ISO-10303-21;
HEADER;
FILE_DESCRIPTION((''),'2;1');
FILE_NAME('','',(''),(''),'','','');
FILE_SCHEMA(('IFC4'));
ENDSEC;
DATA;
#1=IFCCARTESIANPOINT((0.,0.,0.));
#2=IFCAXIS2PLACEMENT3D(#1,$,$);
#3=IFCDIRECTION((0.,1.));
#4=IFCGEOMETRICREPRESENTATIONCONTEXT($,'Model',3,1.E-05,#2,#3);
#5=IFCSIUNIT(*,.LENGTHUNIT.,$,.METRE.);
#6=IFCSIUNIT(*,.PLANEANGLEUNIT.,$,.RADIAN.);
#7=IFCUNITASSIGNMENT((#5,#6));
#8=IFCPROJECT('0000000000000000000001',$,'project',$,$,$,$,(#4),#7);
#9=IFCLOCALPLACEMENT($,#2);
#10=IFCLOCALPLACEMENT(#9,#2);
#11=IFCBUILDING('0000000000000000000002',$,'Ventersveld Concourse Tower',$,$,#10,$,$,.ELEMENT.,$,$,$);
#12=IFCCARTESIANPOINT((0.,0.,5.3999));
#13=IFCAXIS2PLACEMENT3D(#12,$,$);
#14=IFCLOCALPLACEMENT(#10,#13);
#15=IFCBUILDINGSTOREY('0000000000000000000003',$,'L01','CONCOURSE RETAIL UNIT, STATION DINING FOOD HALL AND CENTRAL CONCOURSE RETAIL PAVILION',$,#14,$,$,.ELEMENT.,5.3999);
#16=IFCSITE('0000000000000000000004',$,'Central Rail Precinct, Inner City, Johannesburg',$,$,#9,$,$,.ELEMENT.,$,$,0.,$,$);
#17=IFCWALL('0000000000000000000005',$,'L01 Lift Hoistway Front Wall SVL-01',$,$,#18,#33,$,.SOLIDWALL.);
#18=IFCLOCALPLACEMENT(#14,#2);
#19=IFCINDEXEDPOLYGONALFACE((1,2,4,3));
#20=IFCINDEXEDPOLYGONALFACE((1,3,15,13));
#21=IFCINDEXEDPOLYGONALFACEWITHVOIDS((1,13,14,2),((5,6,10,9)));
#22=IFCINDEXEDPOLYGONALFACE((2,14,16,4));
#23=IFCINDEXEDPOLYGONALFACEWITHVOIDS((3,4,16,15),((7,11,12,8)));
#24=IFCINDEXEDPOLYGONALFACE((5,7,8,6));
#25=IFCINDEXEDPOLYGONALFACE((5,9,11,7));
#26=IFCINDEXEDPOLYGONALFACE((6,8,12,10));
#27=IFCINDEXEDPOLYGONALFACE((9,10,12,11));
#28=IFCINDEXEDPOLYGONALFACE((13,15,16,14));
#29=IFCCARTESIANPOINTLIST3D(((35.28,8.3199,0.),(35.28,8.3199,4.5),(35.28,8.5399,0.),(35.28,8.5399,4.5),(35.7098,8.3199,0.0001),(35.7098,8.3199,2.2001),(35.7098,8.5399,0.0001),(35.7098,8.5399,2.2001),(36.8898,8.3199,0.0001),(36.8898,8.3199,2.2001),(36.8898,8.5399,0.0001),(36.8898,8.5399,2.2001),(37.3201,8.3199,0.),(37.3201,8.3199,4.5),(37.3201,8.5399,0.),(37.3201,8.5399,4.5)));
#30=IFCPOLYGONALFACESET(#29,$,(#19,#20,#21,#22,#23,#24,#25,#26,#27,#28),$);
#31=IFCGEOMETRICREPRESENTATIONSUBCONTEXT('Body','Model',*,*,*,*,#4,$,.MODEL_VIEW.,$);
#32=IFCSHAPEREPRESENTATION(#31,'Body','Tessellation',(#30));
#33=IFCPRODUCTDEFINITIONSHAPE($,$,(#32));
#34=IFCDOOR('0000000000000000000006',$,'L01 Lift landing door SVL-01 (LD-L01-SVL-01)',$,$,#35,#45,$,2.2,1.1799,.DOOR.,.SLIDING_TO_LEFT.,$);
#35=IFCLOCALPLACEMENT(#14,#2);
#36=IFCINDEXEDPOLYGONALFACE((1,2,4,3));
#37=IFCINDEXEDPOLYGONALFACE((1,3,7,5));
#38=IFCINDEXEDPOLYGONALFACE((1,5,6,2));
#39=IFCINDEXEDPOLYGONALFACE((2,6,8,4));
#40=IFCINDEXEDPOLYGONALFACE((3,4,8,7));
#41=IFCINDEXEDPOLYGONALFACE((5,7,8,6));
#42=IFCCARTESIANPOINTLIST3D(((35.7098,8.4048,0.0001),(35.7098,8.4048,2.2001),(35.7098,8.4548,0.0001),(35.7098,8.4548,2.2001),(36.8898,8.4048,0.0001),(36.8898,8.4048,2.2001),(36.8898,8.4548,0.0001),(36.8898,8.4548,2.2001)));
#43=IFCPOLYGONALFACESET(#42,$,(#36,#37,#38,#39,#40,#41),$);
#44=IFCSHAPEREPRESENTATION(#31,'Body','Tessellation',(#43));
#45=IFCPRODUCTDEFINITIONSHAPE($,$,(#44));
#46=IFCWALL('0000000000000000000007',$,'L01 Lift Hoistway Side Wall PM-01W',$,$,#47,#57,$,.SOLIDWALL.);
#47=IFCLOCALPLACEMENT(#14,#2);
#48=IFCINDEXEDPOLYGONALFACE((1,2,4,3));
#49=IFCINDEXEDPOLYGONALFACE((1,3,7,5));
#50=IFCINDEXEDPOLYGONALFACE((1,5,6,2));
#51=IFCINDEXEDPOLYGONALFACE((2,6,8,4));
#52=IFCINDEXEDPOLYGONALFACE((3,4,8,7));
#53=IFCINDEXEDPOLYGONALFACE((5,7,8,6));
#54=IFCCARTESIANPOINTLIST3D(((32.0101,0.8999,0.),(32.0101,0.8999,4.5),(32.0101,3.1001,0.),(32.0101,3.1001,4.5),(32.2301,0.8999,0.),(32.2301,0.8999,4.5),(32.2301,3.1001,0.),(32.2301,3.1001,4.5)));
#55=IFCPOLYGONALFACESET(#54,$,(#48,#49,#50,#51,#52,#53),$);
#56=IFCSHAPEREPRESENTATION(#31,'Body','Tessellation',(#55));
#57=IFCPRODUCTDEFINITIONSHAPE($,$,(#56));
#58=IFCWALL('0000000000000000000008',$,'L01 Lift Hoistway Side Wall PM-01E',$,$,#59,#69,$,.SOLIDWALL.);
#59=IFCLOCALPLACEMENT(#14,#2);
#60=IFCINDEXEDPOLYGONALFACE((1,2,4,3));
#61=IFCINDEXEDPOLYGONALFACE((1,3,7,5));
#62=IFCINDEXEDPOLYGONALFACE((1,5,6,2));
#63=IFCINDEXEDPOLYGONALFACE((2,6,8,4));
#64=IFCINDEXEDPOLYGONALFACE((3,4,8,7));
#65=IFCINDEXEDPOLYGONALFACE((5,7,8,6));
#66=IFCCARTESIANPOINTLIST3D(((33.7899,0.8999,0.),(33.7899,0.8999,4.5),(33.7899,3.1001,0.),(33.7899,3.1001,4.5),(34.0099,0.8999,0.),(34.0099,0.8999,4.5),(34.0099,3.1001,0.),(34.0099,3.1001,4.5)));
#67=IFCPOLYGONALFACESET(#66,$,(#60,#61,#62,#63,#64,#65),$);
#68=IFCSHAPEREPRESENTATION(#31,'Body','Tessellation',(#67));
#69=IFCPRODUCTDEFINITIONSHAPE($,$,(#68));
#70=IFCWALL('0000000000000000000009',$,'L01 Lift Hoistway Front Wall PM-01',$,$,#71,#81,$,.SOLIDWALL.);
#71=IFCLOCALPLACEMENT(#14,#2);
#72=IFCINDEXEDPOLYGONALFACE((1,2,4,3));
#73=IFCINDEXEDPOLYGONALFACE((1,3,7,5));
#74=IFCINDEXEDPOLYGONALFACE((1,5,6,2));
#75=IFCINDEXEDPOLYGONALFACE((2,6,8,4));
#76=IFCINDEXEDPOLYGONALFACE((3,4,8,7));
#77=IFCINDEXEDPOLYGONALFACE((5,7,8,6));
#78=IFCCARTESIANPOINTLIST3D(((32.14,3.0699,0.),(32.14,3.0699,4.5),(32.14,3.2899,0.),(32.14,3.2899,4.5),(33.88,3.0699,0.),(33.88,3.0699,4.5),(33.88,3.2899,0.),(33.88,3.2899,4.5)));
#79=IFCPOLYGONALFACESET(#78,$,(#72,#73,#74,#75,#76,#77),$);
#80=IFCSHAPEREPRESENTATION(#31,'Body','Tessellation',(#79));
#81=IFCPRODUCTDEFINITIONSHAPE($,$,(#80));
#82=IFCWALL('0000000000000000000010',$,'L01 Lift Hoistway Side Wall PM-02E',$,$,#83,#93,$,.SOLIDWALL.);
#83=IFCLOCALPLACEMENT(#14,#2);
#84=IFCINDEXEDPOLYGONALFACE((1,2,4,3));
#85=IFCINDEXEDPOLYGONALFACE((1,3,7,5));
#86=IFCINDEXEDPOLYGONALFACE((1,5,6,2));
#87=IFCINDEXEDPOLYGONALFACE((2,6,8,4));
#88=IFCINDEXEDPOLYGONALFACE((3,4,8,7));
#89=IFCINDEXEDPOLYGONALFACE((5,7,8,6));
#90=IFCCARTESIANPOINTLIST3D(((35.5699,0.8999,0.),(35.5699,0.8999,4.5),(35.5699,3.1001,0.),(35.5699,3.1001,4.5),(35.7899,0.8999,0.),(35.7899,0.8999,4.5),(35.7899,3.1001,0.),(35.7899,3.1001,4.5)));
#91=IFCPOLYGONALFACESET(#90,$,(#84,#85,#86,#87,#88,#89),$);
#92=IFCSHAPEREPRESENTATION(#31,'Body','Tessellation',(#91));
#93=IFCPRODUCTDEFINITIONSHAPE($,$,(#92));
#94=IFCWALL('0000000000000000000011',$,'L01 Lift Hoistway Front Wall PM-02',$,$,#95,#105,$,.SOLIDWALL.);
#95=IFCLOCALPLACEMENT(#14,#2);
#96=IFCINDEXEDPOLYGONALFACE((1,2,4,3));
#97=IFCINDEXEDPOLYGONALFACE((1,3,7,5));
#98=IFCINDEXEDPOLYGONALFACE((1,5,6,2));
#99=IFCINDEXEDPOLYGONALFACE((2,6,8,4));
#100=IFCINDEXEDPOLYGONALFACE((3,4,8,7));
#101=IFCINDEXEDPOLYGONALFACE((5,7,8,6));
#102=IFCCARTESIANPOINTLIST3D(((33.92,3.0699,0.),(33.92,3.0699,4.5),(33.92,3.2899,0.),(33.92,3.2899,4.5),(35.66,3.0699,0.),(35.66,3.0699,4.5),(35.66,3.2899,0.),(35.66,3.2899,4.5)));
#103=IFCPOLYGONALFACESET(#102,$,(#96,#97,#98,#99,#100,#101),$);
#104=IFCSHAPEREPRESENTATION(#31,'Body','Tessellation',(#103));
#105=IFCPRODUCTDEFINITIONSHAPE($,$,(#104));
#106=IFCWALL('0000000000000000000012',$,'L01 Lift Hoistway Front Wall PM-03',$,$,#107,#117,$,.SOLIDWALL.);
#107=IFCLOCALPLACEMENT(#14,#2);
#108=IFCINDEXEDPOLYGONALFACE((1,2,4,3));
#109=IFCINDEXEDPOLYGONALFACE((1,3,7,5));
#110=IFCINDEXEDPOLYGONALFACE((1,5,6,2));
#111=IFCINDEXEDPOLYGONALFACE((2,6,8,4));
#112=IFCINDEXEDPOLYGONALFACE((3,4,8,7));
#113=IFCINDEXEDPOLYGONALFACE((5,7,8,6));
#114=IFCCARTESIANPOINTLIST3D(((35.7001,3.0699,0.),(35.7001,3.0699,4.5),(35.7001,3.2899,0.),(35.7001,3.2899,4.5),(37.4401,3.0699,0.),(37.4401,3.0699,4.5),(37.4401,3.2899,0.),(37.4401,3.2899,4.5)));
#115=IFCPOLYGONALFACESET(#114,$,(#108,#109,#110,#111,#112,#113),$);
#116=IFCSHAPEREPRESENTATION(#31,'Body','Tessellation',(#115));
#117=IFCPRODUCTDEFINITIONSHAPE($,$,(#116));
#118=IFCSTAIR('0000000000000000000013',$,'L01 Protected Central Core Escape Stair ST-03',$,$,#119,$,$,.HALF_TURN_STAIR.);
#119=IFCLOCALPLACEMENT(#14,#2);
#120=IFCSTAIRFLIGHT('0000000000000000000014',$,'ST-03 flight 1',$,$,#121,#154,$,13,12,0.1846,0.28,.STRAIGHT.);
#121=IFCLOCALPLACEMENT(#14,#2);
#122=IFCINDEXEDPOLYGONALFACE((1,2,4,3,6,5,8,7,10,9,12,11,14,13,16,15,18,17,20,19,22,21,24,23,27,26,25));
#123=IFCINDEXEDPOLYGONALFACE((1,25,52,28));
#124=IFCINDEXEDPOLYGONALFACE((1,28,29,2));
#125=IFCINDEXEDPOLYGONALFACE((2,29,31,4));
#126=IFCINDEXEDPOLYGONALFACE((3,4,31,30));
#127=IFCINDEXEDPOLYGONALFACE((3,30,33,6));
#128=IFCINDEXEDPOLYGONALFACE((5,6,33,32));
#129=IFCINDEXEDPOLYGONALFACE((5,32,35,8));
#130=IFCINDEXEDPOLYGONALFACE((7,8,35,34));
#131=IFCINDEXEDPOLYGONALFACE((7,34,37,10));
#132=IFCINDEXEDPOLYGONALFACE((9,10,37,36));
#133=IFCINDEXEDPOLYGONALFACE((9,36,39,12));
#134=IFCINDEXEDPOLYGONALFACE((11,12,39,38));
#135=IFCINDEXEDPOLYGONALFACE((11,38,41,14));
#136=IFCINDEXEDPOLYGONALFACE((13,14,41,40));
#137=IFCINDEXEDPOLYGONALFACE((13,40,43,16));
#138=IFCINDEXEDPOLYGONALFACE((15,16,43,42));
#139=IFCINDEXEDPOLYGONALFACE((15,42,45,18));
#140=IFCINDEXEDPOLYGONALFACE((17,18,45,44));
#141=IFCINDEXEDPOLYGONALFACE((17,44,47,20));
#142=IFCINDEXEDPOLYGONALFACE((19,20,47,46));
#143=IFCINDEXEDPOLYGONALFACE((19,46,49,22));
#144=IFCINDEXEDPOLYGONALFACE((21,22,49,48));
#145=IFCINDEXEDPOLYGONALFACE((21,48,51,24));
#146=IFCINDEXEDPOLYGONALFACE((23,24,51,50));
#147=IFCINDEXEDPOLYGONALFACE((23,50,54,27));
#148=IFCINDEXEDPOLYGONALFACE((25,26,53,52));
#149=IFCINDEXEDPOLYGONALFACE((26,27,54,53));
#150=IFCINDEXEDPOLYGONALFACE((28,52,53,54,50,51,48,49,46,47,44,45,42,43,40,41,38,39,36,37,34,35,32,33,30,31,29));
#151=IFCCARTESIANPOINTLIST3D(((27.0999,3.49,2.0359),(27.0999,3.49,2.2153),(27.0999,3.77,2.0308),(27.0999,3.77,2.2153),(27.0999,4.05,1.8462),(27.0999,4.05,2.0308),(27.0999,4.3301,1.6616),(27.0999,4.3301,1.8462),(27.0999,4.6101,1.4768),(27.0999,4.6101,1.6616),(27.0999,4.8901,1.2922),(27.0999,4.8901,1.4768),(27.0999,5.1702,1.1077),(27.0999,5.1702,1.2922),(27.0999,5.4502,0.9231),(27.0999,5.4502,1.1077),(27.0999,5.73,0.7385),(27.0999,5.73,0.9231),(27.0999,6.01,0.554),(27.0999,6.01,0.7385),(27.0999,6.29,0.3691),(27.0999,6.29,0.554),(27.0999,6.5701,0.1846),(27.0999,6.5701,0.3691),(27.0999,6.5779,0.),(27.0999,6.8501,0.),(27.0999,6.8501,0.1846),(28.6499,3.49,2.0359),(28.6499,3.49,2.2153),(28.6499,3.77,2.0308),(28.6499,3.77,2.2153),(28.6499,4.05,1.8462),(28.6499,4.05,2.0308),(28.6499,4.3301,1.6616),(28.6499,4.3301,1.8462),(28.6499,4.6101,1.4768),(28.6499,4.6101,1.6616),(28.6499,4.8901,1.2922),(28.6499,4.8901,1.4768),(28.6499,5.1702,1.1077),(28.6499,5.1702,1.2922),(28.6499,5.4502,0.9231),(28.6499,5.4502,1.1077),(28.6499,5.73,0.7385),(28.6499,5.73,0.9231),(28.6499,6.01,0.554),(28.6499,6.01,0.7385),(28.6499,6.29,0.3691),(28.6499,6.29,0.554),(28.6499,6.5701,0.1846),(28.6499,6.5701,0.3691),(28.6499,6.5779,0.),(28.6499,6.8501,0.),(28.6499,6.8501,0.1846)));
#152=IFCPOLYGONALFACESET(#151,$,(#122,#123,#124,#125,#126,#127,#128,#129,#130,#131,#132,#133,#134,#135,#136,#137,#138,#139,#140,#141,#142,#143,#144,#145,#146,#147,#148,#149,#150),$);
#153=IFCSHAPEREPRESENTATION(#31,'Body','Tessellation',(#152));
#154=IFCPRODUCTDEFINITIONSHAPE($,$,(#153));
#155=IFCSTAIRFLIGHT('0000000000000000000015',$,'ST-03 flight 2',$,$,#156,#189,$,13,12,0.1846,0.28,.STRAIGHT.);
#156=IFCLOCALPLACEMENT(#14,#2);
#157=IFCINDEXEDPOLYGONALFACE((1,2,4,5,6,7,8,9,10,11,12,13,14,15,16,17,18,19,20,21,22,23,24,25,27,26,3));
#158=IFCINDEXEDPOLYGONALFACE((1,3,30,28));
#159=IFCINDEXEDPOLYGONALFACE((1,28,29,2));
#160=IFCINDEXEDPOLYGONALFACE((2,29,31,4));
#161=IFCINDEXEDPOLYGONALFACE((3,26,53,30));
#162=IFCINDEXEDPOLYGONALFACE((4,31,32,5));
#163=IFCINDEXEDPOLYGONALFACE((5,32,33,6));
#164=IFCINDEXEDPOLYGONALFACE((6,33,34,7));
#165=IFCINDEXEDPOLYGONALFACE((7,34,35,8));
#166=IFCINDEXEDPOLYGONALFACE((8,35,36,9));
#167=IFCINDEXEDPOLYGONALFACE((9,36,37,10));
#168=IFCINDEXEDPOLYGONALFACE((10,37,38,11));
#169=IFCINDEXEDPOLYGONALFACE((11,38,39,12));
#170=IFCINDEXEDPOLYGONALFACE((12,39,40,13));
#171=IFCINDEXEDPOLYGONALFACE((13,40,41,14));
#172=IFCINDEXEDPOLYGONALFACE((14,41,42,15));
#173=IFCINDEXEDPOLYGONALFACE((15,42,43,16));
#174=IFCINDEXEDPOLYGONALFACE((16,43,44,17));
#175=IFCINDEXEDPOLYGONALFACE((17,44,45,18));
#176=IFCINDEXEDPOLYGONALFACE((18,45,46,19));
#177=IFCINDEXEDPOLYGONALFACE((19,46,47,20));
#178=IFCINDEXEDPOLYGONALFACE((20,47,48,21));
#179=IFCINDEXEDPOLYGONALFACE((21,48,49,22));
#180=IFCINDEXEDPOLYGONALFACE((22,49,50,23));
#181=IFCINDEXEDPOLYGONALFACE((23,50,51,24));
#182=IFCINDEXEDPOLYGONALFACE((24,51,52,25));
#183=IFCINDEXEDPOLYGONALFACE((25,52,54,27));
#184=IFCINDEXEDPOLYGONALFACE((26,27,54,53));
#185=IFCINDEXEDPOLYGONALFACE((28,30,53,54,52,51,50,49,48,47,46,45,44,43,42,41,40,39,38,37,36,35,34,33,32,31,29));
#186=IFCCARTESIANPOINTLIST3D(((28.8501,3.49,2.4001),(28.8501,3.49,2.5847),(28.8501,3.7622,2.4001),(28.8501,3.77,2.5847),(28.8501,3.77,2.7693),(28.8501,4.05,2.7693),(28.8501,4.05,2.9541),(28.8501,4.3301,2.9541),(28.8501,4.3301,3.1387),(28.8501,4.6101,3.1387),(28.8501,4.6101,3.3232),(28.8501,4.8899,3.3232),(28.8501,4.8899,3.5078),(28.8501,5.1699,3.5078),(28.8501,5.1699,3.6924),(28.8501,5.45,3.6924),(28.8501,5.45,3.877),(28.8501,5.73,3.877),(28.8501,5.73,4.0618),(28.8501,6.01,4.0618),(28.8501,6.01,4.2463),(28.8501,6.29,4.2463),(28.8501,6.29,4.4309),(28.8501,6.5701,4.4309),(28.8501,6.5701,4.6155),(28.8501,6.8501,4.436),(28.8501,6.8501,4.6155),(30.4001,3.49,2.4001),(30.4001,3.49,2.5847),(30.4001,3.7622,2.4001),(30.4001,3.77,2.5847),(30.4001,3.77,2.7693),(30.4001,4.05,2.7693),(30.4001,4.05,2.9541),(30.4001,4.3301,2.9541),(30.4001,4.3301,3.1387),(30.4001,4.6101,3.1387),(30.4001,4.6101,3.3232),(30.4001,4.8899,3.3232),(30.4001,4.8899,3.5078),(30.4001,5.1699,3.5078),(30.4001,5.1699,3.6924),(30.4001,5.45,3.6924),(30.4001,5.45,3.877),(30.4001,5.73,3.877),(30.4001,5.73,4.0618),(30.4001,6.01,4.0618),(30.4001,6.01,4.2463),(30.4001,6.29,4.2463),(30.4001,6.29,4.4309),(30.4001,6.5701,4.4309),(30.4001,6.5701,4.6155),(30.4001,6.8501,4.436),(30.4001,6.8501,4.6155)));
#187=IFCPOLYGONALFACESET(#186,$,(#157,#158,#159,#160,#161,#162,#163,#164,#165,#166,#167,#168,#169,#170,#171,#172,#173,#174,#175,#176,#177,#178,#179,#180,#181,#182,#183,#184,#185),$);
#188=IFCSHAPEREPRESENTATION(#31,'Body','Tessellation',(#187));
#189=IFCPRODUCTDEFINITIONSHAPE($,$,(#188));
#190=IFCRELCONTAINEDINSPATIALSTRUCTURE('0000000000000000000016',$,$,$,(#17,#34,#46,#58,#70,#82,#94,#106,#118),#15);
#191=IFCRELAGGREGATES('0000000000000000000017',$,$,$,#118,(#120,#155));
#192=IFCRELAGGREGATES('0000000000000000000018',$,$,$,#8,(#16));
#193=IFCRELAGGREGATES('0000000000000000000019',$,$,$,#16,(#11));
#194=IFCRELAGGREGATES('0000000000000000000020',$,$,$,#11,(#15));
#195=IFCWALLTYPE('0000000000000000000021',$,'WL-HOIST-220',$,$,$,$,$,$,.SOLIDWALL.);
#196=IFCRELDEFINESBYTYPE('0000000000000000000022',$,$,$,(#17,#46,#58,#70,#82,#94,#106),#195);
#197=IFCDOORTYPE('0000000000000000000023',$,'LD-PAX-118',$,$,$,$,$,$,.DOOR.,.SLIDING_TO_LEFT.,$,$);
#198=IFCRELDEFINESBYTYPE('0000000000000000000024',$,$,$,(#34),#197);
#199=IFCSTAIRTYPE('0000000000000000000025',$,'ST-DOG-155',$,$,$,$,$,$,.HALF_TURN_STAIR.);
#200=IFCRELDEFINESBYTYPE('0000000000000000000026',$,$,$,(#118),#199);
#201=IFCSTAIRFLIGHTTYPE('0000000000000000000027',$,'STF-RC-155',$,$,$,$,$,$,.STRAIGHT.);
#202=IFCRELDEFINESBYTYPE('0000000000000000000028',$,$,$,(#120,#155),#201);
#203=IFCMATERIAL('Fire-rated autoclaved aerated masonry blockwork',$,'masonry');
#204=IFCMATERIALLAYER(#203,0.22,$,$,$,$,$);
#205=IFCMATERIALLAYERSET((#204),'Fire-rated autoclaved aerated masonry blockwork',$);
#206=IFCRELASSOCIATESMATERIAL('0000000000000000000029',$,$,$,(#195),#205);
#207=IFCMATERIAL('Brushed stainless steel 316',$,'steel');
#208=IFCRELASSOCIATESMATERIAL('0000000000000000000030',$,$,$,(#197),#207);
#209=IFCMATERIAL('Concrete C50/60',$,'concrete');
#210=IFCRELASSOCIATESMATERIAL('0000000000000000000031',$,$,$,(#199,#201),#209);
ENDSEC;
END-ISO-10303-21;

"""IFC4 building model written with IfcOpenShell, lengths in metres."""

from ifc_helpers import new_model, si_unit, direction, frame, frame_2d, origin, place, context, subcontext, project, spatial, polyline, rectangle, outline, extrude, material, layer, layer_set, type_object, element, fill, aggregate, save


model = new_model("IFC4")

# Units and contexts
model_context = context("Model", 3, precision=1e-05, world=origin(), true_north=direction((0.0, 1.0)))
body_context = subcontext(model_context, "Body", "Model", "MODEL_VIEW")
ifc_project = project(units=[si_unit("LENGTHUNIT", "METRE"), si_unit("PLANEANGLEUNIT", "RADIAN")], contexts=[model_context])

# Site, building, storey
site_placement = place(None, origin())
site = spatial("IfcSite", under=ifc_project, at=site_placement, Name="Central Rail Precinct, Inner City, Johannesburg", CompositionType="ELEMENT", RefElevation=0.0)
building_placement = place(site_placement, origin())
building = spatial("IfcBuilding", under=site, at=building_placement, Name="Ventersveld Concourse Tower", CompositionType="ELEMENT")
storey_placement = place(building_placement, frame((0.0, 0.0, 5.3999)))
storey = spatial("IfcBuildingStorey", under=building, at=storey_placement, Name="L01", Description="CONCOURSE RETAIL UNIT, STATION DINING FOOD HALL AND CENTRAL CONCOURSE RETAIL PAVILION", CompositionType="ELEMENT", Elevation=5.3999)

# Shared definitions
ifc_material_1 = material(Name="Concrete C50/60", Category="concrete")

# Shared definitions
ifc_material_2 = material(Name="Fire-rated autoclaved aerated masonry blockwork", Category="masonry")

# Shared definitions
ifc_layer_1 = layer(ifc_material_2, 0.22)
ifc_layer_set_1 = layer_set([ifc_layer_1], Name="Fire-rated autoclaved aerated masonry blockwork")
wall_type_1 = type_object("IfcWallType", Name="WL-HOIST-220", PredefinedType="SOLIDWALL", material=ifc_layer_set_1)

# Wall, opening, door
wall_1_placement = place(storey_placement, frame((35.28, 8.4299, 0.0), z_axis=(0.0, 0.0, 1.0), x_axis=(1.0, 0.0, 0.0)))
wall_1 = element("IfcWall", 1, at=wall_1_placement, inside=storey, type_object=wall_type_1, Name="L01 Lift Hoistway Front Wall SVL-01", PredefinedType="SOLIDWALL", context=body_context, shape_type="SweptSolid", body=[
    extrude(rectangle(XDim=2.04, YDim=0.22, at=frame_2d((1.02, 0.0))), origin(), (0.0, 0.0, 1.0), 4.5),
])
opening_1_placement = place(wall_1_placement, frame((0.4299, 0.0, 0.0)))
opening_1 = element("IfcOpeningElement", 2, at=opening_1_placement, cuts=wall_1, PredefinedType="OPENING", context=body_context, shape_type="SweptSolid", body=[
    extrude(rectangle(XDim=1.1799, YDim=2.2, at=frame_2d((0.5898, 1.1001))), frame((0.0, 0.1201, 0.0), z_axis=(0.0, -1.0, 0.0), x_axis=(1.0, 0.0, 0.0)), (0.0, 0.0, 1.0), 0.24),
])
ifc_material_3 = material(Name="Brushed stainless steel 316", Category="steel")
door_type_1 = type_object("IfcDoorType", Name="LD-PAX-118", OperationType="SLIDING_TO_LEFT", PredefinedType="DOOR", material=ifc_material_3)
door_1_placement = place(opening_1_placement, origin())
door_1 = element("IfcDoor", 3, at=door_1_placement, inside=storey, type_object=door_type_1, Name="L01 Lift landing door SVL-01 (LD-L01-SVL-01)", OperationType="SLIDING_TO_LEFT", OverallHeight=2.2, OverallWidth=1.1799, PredefinedType="DOOR", context=body_context, shape_type="SweptSolid", body=[
    extrude(rectangle(XDim=1.1799, YDim=2.2, at=frame_2d((0.5898, 1.1001))), frame((0.0, 0.0249, 0.0), z_axis=(0.0, -1.0, 0.0), x_axis=(1.0, 0.0, 0.0)), (0.0, 0.0, 1.0), 0.05),
])
fill(opening_1, door_1)

# Walls
for number, where, z_axis, x_axis, name in (
    (4, (32.1201, 0.8999, 0.0), (0.0, 0.0, 1.0), (0.0, 1.0, 0.0), "L01 Lift Hoistway Side Wall PM-01W"),
    (5, (33.8999, 0.8999, 0.0), (0.0, 0.0, 1.0), (0.0, 1.0, 0.0), "L01 Lift Hoistway Side Wall PM-01E"),
):
    element("IfcWall", number, at=place(storey_placement, frame(where, z_axis=z_axis, x_axis=x_axis)), inside=storey, type_object=wall_type_1, Name=name, PredefinedType="SOLIDWALL", context=body_context, shape_type="SweptSolid", body=[
        extrude(rectangle(XDim=2.2002, YDim=0.22, at=frame_2d((1.1001, 0.0))), origin(), (0.0, 0.0, 1.0), 4.5),
    ])
wall_2_placement = place(storey_placement, frame((32.1399, 3.1799, 0.0), z_axis=(0.0, 0.0, 1.0), x_axis=(1.0, 0.0, 0.0)))
element("IfcWall", 6, at=wall_2_placement, inside=storey, type_object=wall_type_1, Name="L01 Lift Hoistway Front Wall PM-01", PredefinedType="SOLIDWALL", context=body_context, shape_type="SweptSolid", body=[
    extrude(rectangle(XDim=1.74, YDim=0.22, at=frame_2d((0.8701, 0.0))), origin(), (0.0, 0.0, 1.0), 4.5),
])
wall_3_placement = place(storey_placement, frame((35.6799, 0.8999, 0.0), z_axis=(0.0, 0.0, 1.0), x_axis=(0.0, 1.0, 0.0)))
element("IfcWall", 7, at=wall_3_placement, inside=storey, type_object=wall_type_1, Name="L01 Lift Hoistway Side Wall PM-02E", PredefinedType="SOLIDWALL", context=body_context, shape_type="SweptSolid", body=[
    extrude(rectangle(XDim=2.2002, YDim=0.22, at=frame_2d((1.1001, 0.0))), origin(), (0.0, 0.0, 1.0), 4.5),
])
for number, where, z_axis, x_axis, name in (
    (8, (33.9199, 3.1799, 0.0), (0.0, 0.0, 1.0), (1.0, 0.0, 0.0), "L01 Lift Hoistway Front Wall PM-02"),
    (9, (35.7, 3.1799, 0.0), (0.0, 0.0, 1.0), (1.0, 0.0, 0.0), "L01 Lift Hoistway Front Wall PM-03"),
):
    element("IfcWall", number, at=place(storey_placement, frame(where, z_axis=z_axis, x_axis=x_axis)), inside=storey, type_object=wall_type_1, Name=name, PredefinedType="SOLIDWALL", context=body_context, shape_type="SweptSolid", body=[
        extrude(rectangle(XDim=1.74, YDim=0.22, at=frame_2d((0.8701, 0.0))), origin(), (0.0, 0.0, 1.0), 4.5),
    ])

# Stair, stair flights
stair_type = type_object("IfcStairType", Name="ST-DOG-155", PredefinedType="HALF_TURN_STAIR", material=ifc_material_1)
stair_placement = place(storey_placement, origin())
stair = element("IfcStair", 10, at=stair_placement, inside=storey, type_object=stair_type, Name="L01 Protected Central Core Escape Stair ST-03", PredefinedType="HALF_TURN_STAIR")
stair_flight_type = type_object("IfcStairFlightType", Name="STF-RC-155", PredefinedType="STRAIGHT", material=ifc_material_1)
stair_flight_1_placement = place(storey_placement, frame((27.875, 6.8501, 0.0), z_axis=(0.0, 0.0, 1.0), x_axis=(0.0, -1.0, 0.0)))
stair_flight_1 = element("IfcStairFlight", 11, at=stair_flight_1_placement, type_object=stair_flight_type, Name="ST-03 flight 1", NumberOfRisers=13, NumberOfTreads=12, PredefinedType="STRAIGHT", RiserHeight=0.1846, TreadLength=0.28, context=body_context, shape_type="SweptSolid", body=[
    extrude(outline(polyline([(0.0, 0.0), (0.0, 0.1846), (0.28, 0.1846), (0.28, 0.3691), (0.5601, 0.3691), (0.5601, 0.554), (0.8401, 0.554), (0.8401, 0.7385), (1.1201, 0.7385), (1.1201, 0.9231), (1.3999, 0.9231), (1.3999, 1.1077), (1.6799, 1.1077), (1.6799, 1.2922), (1.96, 1.2922), (1.96, 1.4768), (2.24, 1.4768), (2.24, 1.6616), (2.52, 1.6616), (2.52, 1.8462), (2.8, 1.8462), (2.8, 2.0308), (3.0801, 2.0308), (3.0801, 2.2153), (3.3601, 2.2153), (3.3601, 2.3999), (3.3601, 2.0359), (0.2722, 0.0), (0.0, 0.0)])), frame((0.0, 0.7749, 0.0), z_axis=(0.0, -1.0, 0.0), x_axis=(1.0, 0.0, 0.0)), (0.0, 0.0, 1.0), 1.55),
])
stair_flight_2_placement = place(storey_placement, frame((29.625, 3.49, 2.4001), z_axis=(0.0, 0.0, 1.0), x_axis=(0.0, 1.0, 0.0)))
stair_flight_2 = element("IfcStairFlight", 12, at=stair_flight_2_placement, type_object=stair_flight_type, Name="ST-03 flight 2", NumberOfRisers=13, NumberOfTreads=12, PredefinedType="STRAIGHT", RiserHeight=0.1846, TreadLength=0.28, context=body_context, shape_type="SweptSolid", body=[
    extrude(outline(polyline([(0.0, 0.0), (0.0, 0.1846), (0.28, 0.1846), (0.28, 0.3691), (0.5601, 0.3691), (0.5601, 0.554), (0.8401, 0.554), (0.8401, 0.7385), (1.1201, 0.7385), (1.1201, 0.9231), (1.3999, 0.9231), (1.3999, 1.1077), (1.6799, 1.1077), (1.6799, 1.2922), (1.96, 1.2922), (1.96, 1.4768), (2.24, 1.4768), (2.24, 1.6616), (2.52, 1.6616), (2.52, 1.8462), (2.8, 1.8462), (2.8, 2.0308), (3.0801, 2.0308), (3.0801, 2.2153), (3.3601, 2.2153), (3.3601, 2.3999), (3.3601, 2.0359), (0.2722, 0.0), (0.0, 0.0)])), frame((0.0, 0.7749, 0.0), z_axis=(0.0, -1.0, 0.0), x_axis=(1.0, 0.0, 0.0)), (0.0, 0.0, 1.0), 1.55),
])
aggregate(stair, [stair_flight_1, stair_flight_2])

save(model, "model.ifc")
